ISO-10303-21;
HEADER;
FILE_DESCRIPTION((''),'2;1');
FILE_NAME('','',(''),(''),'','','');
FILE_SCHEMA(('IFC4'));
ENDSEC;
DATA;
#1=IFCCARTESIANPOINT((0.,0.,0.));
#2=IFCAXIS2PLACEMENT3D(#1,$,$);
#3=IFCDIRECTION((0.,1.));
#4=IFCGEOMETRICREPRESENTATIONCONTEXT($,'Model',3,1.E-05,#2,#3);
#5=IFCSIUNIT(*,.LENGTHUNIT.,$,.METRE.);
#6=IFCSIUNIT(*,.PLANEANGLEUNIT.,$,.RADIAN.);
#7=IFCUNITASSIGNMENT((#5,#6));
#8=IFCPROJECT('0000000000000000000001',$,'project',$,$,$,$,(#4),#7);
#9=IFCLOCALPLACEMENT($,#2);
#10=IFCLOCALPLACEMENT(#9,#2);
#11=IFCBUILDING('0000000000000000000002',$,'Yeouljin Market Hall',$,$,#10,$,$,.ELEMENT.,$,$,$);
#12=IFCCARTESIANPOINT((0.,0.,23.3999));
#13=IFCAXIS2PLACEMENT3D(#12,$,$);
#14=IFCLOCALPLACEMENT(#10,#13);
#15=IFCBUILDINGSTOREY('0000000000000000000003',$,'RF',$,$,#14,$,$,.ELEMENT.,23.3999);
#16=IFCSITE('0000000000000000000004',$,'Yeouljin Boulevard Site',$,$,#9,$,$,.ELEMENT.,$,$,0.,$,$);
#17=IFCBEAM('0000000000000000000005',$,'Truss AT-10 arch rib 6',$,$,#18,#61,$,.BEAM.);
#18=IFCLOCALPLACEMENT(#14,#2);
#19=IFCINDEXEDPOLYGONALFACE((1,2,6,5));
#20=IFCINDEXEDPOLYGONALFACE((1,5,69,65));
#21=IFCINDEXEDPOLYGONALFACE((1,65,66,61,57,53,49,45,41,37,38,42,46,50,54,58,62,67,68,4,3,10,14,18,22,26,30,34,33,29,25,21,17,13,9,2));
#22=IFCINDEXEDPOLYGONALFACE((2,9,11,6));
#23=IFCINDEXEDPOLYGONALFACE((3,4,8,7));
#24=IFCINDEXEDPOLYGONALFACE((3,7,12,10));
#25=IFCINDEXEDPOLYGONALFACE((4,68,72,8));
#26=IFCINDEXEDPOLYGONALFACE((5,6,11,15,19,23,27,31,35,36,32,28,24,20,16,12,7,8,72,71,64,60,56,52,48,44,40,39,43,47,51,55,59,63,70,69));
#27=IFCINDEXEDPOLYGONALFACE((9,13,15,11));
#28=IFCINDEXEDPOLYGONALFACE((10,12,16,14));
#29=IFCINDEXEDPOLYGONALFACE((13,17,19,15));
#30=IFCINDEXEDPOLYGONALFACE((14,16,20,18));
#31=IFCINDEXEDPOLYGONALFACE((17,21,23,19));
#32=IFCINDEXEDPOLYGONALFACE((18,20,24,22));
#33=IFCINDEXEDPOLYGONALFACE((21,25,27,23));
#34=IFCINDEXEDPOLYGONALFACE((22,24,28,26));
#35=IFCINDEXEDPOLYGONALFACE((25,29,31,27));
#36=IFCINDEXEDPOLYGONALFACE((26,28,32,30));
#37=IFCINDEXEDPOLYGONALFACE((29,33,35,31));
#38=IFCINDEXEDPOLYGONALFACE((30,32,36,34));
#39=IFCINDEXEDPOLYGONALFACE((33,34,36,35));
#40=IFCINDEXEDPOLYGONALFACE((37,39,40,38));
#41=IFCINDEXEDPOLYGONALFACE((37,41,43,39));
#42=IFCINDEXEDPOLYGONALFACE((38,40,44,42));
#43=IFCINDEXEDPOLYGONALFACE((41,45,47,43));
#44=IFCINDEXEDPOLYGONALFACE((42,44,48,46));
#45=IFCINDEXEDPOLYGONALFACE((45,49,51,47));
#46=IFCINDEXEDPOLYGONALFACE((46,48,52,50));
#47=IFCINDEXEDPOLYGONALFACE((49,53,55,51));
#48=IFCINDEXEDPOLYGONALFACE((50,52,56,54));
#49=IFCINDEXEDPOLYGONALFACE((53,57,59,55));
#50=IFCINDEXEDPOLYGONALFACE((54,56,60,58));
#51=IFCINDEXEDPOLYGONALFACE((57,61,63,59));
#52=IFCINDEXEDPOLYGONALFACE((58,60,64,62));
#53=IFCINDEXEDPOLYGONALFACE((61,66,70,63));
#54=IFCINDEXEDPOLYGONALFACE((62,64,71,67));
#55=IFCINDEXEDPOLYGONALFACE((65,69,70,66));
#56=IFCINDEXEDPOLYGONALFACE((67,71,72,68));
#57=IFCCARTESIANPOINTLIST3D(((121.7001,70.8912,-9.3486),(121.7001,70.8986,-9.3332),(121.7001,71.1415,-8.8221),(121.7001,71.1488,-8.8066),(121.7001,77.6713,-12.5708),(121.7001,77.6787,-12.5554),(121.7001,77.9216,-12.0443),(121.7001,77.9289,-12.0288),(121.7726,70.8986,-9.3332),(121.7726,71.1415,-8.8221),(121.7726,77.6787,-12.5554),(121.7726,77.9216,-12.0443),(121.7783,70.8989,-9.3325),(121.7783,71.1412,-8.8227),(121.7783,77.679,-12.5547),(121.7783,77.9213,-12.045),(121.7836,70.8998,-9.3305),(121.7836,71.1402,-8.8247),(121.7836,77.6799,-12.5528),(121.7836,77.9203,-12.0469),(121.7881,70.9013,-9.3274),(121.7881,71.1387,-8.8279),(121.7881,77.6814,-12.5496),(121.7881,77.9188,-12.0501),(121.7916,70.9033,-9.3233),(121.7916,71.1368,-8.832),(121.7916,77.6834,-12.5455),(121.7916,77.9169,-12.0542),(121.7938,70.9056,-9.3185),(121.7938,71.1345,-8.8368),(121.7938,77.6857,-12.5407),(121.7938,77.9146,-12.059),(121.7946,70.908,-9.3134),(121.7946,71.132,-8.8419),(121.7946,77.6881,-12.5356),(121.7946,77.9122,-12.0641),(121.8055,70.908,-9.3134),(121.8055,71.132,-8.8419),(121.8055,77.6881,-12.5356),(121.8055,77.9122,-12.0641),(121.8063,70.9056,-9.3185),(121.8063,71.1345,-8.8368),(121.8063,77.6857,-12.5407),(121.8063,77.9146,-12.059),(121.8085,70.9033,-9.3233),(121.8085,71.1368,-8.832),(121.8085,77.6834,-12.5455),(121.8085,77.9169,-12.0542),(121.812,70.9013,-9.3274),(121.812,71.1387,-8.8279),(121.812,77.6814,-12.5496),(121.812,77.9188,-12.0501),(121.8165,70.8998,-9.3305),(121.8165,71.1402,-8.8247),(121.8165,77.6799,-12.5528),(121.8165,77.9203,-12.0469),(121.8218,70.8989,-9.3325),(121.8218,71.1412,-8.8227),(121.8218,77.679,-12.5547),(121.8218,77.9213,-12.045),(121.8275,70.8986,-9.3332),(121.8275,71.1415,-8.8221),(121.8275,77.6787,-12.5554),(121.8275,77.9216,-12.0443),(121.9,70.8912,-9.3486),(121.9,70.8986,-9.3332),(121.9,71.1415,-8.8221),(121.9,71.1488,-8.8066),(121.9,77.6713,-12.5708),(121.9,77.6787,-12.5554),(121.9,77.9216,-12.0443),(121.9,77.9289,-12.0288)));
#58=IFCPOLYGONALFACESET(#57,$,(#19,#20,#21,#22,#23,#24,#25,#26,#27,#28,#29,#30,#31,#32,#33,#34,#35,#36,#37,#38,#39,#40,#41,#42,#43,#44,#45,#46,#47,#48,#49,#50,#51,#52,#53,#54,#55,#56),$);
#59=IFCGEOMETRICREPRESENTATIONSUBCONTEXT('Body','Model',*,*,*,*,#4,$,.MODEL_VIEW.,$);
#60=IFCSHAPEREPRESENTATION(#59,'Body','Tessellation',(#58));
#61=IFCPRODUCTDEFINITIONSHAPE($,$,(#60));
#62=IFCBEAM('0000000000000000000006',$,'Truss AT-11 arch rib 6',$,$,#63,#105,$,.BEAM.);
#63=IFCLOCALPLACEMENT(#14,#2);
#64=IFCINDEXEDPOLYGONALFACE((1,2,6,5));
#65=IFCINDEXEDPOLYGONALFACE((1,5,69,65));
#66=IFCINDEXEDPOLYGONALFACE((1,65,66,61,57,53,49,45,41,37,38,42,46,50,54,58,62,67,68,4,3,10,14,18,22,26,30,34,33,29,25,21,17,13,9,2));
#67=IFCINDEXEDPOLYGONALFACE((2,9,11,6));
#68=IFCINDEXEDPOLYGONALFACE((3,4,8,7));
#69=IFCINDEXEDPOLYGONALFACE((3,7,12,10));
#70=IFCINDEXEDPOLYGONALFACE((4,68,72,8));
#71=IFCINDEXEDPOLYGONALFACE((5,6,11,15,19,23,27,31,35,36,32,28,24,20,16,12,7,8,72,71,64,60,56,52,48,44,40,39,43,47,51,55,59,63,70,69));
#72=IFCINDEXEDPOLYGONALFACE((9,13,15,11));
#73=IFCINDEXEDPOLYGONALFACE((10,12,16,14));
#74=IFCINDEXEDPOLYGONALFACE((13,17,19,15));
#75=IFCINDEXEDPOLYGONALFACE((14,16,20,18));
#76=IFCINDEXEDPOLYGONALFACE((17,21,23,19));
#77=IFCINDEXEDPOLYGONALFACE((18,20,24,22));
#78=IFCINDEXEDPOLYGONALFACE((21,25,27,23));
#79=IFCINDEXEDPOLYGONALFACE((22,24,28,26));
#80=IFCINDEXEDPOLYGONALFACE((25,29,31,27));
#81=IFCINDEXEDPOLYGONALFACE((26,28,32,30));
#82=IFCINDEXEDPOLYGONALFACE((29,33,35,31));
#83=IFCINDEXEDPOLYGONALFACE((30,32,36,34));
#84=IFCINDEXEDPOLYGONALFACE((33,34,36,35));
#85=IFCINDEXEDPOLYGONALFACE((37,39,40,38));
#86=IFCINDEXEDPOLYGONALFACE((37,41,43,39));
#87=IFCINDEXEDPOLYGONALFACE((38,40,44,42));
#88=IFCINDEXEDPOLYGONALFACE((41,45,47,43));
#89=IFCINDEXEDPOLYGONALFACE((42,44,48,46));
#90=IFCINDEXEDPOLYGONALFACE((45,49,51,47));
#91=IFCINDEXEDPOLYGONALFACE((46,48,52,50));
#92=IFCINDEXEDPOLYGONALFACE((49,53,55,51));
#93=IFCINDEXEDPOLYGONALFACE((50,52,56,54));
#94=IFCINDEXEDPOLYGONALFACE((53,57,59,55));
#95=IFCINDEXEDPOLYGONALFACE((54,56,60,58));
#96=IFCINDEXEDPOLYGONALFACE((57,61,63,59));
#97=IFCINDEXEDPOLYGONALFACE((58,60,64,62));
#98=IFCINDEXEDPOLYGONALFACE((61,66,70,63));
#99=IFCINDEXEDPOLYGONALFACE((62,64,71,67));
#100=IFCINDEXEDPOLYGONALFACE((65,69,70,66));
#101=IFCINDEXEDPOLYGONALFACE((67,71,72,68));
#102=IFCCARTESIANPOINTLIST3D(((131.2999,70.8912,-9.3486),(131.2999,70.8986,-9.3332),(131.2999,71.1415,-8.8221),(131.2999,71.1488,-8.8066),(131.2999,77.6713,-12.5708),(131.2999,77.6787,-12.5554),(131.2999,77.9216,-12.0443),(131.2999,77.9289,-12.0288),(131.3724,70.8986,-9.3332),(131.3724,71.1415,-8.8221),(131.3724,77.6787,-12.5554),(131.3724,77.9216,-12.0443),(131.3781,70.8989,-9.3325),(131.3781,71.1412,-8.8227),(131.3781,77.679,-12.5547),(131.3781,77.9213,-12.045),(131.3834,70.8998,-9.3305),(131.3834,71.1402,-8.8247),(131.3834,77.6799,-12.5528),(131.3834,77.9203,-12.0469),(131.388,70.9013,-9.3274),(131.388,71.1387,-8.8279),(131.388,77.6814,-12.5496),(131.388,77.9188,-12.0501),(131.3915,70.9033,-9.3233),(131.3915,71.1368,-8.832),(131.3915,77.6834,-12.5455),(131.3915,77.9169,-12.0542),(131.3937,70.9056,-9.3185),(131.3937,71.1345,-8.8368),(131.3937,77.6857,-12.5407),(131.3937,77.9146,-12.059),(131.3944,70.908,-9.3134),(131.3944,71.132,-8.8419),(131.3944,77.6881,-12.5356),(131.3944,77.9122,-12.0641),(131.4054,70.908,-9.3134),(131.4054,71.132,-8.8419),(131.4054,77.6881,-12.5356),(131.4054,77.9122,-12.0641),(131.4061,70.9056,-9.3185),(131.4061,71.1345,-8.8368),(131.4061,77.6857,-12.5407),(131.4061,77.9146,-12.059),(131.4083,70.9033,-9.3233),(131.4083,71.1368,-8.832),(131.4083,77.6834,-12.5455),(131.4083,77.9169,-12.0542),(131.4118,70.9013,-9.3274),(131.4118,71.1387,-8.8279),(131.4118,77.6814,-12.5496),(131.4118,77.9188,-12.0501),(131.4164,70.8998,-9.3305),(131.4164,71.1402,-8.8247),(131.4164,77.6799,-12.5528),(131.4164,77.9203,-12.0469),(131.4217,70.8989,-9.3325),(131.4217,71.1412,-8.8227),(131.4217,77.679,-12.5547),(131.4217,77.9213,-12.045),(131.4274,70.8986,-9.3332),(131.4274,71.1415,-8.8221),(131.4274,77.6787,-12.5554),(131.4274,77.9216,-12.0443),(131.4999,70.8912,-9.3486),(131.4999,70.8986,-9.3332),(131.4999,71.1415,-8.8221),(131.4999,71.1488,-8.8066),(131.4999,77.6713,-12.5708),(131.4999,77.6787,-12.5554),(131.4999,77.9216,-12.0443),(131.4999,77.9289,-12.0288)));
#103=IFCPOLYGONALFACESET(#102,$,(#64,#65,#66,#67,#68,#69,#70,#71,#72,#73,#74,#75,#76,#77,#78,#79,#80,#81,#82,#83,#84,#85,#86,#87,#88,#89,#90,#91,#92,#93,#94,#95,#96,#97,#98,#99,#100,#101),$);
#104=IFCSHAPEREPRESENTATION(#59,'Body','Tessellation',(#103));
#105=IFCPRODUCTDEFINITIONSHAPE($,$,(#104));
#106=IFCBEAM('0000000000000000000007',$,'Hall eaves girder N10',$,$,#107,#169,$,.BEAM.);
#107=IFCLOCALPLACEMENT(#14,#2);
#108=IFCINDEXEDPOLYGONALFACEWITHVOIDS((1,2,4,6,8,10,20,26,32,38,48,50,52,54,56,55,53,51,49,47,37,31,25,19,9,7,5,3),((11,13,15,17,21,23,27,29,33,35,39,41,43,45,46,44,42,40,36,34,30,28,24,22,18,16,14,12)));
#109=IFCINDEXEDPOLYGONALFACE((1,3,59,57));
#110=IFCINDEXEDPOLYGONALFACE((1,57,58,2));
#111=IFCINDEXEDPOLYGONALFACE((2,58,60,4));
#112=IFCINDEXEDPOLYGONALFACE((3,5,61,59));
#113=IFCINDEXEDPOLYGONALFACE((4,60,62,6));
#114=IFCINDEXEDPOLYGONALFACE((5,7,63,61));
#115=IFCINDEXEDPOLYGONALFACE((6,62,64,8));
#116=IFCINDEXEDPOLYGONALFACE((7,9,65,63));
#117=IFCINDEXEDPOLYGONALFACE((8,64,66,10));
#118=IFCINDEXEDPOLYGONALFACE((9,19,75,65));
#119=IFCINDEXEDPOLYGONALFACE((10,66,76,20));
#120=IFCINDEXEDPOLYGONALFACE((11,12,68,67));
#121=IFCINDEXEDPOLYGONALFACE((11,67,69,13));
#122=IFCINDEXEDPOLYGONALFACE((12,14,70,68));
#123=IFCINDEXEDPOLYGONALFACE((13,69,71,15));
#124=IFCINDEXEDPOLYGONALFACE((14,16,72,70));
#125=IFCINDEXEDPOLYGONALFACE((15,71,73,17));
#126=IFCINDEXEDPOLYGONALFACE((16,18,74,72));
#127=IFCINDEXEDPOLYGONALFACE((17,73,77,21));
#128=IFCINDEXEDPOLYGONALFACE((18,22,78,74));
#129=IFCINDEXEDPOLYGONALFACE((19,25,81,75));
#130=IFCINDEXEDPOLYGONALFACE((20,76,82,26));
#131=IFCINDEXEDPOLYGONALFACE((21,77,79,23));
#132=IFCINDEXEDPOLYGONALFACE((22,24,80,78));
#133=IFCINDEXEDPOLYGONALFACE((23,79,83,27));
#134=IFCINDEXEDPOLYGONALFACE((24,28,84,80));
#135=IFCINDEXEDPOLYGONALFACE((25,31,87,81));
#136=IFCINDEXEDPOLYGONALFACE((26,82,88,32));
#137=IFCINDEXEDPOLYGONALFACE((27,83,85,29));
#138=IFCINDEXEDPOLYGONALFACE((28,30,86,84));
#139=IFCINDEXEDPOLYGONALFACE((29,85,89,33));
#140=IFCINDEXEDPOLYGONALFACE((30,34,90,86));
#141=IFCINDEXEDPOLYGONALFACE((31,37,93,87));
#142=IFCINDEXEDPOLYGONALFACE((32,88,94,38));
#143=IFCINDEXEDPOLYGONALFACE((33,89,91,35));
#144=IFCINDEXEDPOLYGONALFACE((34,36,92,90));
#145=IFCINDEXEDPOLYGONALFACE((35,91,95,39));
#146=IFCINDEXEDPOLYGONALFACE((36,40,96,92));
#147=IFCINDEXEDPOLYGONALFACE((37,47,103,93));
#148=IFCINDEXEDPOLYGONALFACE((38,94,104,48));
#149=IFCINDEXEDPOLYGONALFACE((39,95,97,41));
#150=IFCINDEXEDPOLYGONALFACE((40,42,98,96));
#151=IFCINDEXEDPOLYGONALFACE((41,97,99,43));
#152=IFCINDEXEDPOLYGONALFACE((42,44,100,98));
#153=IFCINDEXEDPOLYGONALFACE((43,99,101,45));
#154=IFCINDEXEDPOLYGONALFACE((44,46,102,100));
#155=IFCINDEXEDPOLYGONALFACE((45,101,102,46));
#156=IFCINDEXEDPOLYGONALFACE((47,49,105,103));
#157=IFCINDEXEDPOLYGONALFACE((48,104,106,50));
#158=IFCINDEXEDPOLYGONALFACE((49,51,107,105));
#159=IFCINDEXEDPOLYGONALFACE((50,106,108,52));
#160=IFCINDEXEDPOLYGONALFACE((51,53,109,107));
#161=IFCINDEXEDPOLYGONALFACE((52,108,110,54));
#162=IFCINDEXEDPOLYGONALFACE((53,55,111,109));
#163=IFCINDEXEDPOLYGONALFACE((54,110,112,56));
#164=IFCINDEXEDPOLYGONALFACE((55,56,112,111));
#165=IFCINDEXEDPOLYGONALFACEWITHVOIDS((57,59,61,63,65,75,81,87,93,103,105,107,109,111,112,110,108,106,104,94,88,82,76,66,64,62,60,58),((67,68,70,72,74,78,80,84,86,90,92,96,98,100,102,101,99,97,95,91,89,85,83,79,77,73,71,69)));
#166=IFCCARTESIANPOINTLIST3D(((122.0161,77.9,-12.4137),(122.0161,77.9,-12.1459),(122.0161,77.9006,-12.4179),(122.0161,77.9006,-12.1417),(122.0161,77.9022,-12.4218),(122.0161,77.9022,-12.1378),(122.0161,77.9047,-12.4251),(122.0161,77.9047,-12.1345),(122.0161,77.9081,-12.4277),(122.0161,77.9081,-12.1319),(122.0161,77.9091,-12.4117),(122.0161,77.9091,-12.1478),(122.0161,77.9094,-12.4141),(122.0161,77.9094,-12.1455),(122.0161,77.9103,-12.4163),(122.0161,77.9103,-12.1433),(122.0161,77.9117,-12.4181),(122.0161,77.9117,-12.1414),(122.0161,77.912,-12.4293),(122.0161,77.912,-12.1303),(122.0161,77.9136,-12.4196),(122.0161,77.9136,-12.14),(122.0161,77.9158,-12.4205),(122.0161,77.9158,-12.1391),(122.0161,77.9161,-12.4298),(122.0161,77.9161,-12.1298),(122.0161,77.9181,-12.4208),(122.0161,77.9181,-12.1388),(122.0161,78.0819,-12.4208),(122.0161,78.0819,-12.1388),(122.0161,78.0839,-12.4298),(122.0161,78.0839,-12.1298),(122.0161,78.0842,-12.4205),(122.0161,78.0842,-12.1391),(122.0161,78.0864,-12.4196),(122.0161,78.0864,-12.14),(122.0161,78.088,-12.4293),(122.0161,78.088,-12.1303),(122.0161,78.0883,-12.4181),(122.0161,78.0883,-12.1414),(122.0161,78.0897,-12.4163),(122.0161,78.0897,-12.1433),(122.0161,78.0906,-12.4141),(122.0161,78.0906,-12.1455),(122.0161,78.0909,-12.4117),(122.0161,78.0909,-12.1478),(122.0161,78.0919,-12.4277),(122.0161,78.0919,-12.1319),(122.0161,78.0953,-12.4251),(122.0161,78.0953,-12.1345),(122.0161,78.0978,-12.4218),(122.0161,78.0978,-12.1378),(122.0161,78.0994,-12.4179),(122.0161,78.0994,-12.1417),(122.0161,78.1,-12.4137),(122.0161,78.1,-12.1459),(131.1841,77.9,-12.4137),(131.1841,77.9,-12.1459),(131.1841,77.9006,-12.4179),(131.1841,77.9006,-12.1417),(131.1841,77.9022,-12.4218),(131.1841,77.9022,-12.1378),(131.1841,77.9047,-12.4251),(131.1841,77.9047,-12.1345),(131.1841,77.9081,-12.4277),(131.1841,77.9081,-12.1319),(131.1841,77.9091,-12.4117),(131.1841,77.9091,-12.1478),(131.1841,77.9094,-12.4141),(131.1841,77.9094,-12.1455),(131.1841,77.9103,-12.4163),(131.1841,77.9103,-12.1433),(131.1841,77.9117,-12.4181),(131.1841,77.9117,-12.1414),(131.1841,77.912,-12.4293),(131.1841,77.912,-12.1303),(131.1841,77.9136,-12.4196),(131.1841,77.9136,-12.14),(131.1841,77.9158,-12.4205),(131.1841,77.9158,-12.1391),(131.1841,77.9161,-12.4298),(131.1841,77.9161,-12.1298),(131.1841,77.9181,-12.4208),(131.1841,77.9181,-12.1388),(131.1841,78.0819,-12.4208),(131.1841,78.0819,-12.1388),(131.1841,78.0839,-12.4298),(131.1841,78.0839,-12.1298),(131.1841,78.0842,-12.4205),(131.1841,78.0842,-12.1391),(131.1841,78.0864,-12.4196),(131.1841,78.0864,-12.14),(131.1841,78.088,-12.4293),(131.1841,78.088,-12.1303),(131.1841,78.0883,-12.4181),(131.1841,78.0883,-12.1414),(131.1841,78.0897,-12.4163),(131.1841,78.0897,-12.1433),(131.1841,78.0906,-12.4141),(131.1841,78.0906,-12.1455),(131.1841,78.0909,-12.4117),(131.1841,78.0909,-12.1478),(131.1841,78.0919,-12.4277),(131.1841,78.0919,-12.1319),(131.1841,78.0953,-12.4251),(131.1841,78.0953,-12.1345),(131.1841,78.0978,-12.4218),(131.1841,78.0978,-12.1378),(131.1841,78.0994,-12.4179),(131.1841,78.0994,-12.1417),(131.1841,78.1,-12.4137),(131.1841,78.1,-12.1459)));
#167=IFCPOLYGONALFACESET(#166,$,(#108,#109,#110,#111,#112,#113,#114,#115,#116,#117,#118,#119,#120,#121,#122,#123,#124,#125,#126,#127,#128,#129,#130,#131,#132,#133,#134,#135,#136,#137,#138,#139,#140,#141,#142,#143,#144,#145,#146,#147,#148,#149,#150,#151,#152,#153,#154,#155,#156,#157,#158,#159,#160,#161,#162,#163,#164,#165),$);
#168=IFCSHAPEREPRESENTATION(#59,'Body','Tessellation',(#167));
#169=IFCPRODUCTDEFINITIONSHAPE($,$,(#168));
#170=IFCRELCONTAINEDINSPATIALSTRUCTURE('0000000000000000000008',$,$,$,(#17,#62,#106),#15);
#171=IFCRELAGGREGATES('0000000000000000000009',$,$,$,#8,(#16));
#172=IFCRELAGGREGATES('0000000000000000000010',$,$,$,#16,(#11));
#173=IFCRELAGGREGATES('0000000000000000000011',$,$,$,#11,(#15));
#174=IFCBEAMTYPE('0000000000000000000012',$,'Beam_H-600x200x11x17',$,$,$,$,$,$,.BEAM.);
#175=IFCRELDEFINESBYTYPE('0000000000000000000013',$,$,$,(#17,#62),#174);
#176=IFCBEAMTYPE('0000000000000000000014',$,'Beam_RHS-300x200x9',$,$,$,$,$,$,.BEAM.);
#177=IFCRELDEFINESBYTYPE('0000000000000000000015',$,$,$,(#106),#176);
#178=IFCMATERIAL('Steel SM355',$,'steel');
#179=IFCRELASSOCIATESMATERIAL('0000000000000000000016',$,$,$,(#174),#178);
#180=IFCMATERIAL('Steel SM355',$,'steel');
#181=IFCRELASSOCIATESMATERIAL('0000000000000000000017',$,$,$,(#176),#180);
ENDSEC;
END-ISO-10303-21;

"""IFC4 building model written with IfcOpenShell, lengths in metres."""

from ifc_helpers import new_model, si_unit, direction, frame, origin, origin_2d, place, context, subcontext, project, spatial, hollow_rectangle, i_section, extrude, material, material_profile, profile_set, type_object, element, save


model = new_model("IFC4")

# Units and contexts
model_context = context("Model", 3, precision=1e-05, world=origin(), true_north=direction((0.0, 1.0)))
body_context = subcontext(model_context, "Body", "Model", "MODEL_VIEW")
ifc_project = project(units=[si_unit("LENGTHUNIT", "METRE"), si_unit("PLANEANGLEUNIT", "RADIAN")], contexts=[model_context])

# Site, building, storey
site_placement = place(None, origin())
site = spatial("IfcSite", under=ifc_project, at=site_placement, Name="Yeouljin Boulevard Site", CompositionType="ELEMENT", RefElevation=0.0)
building_placement = place(site_placement, origin())
building = spatial("IfcBuilding", under=site, at=building_placement, Name="Yeouljin Market Hall", CompositionType="ELEMENT")
storey_placement = place(building_placement, frame((0.0, 0.0, 23.3999)))
storey = spatial("IfcBuildingStorey", under=building, at=storey_placement, Name="RF", CompositionType="ELEMENT", Elevation=23.3999)

# Beams
ifc_material_1 = material(Name="Steel SM355", Category="steel")
ifc_material_profile_1 = material_profile(ifc_material_1, i_section(OverallWidth=0.2, OverallDepth=0.6001, WebThickness=0.011, FlangeThickness=0.0171, FilletRadius=0.022, at=origin_2d()), Name="H-600x200x11x17")
ifc_profile_set_1 = profile_set([ifc_material_profile_1], Name="Steel SM355")
beam_type_1 = type_object("IfcBeamType", Name="Beam_H-600x200x11x17", PredefinedType="BEAM", material=ifc_profile_set_1)
for number, where, z_axis, x_axis, name in (
    (1, (121.8, 71.02, -9.0776), (0.0, 0.903192, -0.429237), (-1.0, 0.0, 0.0), "Truss AT-10 arch rib 6"),
    (2, (131.3999, 71.02, -9.0776), (0.0, 0.903192, -0.429237), (-1.0, 0.0, 0.0), "Truss AT-11 arch rib 6"),
):
    element("IfcBeam", number, at=place(storey_placement, frame(where, z_axis=z_axis, x_axis=x_axis)), inside=storey, type_object=beam_type_1, Name=name, PredefinedType="BEAM", context=body_context, shape_type="SweptSolid", body=[
        extrude(i_section(OverallWidth=0.2, OverallDepth=0.6001, WebThickness=0.011, FlangeThickness=0.0171, FilletRadius=0.022, at=origin_2d()), origin(), (0.0, 0.0, 1.0), 7.5068),
    ])
ifc_material_2 = material(Name="Steel SM355", Category="steel")
ifc_material_profile_2 = material_profile(ifc_material_2, hollow_rectangle(XDim=0.2, YDim=0.3, WallThickness=0.009, InnerFilletRadius=0.009, OuterFilletRadius=0.0161, at=origin_2d()), Name="RHS-300x200x9")
ifc_profile_set_2 = profile_set([ifc_material_profile_2], Name="Steel SM355")
beam_type_2 = type_object("IfcBeamType", Name="Beam_RHS-300x200x9", PredefinedType="BEAM", material=ifc_profile_set_2)
beam_1_placement = place(storey_placement, frame((122.0161, 78.0, -12.2798), z_axis=(1.0, 0.0, 0.0), x_axis=(0.0, 1.0, 0.0)))
element("IfcBeam", 3, at=beam_1_placement, inside=storey, type_object=beam_type_2, Name="Hall eaves girder N10", PredefinedType="BEAM", context=body_context, shape_type="SweptSolid", body=[
    extrude(hollow_rectangle(XDim=0.2, YDim=0.3, WallThickness=0.009, InnerFilletRadius=0.009, OuterFilletRadius=0.0161, at=origin_2d()), origin(), (0.0, 0.0, 1.0), 9.168),
])

save(model, "model.ifc")
